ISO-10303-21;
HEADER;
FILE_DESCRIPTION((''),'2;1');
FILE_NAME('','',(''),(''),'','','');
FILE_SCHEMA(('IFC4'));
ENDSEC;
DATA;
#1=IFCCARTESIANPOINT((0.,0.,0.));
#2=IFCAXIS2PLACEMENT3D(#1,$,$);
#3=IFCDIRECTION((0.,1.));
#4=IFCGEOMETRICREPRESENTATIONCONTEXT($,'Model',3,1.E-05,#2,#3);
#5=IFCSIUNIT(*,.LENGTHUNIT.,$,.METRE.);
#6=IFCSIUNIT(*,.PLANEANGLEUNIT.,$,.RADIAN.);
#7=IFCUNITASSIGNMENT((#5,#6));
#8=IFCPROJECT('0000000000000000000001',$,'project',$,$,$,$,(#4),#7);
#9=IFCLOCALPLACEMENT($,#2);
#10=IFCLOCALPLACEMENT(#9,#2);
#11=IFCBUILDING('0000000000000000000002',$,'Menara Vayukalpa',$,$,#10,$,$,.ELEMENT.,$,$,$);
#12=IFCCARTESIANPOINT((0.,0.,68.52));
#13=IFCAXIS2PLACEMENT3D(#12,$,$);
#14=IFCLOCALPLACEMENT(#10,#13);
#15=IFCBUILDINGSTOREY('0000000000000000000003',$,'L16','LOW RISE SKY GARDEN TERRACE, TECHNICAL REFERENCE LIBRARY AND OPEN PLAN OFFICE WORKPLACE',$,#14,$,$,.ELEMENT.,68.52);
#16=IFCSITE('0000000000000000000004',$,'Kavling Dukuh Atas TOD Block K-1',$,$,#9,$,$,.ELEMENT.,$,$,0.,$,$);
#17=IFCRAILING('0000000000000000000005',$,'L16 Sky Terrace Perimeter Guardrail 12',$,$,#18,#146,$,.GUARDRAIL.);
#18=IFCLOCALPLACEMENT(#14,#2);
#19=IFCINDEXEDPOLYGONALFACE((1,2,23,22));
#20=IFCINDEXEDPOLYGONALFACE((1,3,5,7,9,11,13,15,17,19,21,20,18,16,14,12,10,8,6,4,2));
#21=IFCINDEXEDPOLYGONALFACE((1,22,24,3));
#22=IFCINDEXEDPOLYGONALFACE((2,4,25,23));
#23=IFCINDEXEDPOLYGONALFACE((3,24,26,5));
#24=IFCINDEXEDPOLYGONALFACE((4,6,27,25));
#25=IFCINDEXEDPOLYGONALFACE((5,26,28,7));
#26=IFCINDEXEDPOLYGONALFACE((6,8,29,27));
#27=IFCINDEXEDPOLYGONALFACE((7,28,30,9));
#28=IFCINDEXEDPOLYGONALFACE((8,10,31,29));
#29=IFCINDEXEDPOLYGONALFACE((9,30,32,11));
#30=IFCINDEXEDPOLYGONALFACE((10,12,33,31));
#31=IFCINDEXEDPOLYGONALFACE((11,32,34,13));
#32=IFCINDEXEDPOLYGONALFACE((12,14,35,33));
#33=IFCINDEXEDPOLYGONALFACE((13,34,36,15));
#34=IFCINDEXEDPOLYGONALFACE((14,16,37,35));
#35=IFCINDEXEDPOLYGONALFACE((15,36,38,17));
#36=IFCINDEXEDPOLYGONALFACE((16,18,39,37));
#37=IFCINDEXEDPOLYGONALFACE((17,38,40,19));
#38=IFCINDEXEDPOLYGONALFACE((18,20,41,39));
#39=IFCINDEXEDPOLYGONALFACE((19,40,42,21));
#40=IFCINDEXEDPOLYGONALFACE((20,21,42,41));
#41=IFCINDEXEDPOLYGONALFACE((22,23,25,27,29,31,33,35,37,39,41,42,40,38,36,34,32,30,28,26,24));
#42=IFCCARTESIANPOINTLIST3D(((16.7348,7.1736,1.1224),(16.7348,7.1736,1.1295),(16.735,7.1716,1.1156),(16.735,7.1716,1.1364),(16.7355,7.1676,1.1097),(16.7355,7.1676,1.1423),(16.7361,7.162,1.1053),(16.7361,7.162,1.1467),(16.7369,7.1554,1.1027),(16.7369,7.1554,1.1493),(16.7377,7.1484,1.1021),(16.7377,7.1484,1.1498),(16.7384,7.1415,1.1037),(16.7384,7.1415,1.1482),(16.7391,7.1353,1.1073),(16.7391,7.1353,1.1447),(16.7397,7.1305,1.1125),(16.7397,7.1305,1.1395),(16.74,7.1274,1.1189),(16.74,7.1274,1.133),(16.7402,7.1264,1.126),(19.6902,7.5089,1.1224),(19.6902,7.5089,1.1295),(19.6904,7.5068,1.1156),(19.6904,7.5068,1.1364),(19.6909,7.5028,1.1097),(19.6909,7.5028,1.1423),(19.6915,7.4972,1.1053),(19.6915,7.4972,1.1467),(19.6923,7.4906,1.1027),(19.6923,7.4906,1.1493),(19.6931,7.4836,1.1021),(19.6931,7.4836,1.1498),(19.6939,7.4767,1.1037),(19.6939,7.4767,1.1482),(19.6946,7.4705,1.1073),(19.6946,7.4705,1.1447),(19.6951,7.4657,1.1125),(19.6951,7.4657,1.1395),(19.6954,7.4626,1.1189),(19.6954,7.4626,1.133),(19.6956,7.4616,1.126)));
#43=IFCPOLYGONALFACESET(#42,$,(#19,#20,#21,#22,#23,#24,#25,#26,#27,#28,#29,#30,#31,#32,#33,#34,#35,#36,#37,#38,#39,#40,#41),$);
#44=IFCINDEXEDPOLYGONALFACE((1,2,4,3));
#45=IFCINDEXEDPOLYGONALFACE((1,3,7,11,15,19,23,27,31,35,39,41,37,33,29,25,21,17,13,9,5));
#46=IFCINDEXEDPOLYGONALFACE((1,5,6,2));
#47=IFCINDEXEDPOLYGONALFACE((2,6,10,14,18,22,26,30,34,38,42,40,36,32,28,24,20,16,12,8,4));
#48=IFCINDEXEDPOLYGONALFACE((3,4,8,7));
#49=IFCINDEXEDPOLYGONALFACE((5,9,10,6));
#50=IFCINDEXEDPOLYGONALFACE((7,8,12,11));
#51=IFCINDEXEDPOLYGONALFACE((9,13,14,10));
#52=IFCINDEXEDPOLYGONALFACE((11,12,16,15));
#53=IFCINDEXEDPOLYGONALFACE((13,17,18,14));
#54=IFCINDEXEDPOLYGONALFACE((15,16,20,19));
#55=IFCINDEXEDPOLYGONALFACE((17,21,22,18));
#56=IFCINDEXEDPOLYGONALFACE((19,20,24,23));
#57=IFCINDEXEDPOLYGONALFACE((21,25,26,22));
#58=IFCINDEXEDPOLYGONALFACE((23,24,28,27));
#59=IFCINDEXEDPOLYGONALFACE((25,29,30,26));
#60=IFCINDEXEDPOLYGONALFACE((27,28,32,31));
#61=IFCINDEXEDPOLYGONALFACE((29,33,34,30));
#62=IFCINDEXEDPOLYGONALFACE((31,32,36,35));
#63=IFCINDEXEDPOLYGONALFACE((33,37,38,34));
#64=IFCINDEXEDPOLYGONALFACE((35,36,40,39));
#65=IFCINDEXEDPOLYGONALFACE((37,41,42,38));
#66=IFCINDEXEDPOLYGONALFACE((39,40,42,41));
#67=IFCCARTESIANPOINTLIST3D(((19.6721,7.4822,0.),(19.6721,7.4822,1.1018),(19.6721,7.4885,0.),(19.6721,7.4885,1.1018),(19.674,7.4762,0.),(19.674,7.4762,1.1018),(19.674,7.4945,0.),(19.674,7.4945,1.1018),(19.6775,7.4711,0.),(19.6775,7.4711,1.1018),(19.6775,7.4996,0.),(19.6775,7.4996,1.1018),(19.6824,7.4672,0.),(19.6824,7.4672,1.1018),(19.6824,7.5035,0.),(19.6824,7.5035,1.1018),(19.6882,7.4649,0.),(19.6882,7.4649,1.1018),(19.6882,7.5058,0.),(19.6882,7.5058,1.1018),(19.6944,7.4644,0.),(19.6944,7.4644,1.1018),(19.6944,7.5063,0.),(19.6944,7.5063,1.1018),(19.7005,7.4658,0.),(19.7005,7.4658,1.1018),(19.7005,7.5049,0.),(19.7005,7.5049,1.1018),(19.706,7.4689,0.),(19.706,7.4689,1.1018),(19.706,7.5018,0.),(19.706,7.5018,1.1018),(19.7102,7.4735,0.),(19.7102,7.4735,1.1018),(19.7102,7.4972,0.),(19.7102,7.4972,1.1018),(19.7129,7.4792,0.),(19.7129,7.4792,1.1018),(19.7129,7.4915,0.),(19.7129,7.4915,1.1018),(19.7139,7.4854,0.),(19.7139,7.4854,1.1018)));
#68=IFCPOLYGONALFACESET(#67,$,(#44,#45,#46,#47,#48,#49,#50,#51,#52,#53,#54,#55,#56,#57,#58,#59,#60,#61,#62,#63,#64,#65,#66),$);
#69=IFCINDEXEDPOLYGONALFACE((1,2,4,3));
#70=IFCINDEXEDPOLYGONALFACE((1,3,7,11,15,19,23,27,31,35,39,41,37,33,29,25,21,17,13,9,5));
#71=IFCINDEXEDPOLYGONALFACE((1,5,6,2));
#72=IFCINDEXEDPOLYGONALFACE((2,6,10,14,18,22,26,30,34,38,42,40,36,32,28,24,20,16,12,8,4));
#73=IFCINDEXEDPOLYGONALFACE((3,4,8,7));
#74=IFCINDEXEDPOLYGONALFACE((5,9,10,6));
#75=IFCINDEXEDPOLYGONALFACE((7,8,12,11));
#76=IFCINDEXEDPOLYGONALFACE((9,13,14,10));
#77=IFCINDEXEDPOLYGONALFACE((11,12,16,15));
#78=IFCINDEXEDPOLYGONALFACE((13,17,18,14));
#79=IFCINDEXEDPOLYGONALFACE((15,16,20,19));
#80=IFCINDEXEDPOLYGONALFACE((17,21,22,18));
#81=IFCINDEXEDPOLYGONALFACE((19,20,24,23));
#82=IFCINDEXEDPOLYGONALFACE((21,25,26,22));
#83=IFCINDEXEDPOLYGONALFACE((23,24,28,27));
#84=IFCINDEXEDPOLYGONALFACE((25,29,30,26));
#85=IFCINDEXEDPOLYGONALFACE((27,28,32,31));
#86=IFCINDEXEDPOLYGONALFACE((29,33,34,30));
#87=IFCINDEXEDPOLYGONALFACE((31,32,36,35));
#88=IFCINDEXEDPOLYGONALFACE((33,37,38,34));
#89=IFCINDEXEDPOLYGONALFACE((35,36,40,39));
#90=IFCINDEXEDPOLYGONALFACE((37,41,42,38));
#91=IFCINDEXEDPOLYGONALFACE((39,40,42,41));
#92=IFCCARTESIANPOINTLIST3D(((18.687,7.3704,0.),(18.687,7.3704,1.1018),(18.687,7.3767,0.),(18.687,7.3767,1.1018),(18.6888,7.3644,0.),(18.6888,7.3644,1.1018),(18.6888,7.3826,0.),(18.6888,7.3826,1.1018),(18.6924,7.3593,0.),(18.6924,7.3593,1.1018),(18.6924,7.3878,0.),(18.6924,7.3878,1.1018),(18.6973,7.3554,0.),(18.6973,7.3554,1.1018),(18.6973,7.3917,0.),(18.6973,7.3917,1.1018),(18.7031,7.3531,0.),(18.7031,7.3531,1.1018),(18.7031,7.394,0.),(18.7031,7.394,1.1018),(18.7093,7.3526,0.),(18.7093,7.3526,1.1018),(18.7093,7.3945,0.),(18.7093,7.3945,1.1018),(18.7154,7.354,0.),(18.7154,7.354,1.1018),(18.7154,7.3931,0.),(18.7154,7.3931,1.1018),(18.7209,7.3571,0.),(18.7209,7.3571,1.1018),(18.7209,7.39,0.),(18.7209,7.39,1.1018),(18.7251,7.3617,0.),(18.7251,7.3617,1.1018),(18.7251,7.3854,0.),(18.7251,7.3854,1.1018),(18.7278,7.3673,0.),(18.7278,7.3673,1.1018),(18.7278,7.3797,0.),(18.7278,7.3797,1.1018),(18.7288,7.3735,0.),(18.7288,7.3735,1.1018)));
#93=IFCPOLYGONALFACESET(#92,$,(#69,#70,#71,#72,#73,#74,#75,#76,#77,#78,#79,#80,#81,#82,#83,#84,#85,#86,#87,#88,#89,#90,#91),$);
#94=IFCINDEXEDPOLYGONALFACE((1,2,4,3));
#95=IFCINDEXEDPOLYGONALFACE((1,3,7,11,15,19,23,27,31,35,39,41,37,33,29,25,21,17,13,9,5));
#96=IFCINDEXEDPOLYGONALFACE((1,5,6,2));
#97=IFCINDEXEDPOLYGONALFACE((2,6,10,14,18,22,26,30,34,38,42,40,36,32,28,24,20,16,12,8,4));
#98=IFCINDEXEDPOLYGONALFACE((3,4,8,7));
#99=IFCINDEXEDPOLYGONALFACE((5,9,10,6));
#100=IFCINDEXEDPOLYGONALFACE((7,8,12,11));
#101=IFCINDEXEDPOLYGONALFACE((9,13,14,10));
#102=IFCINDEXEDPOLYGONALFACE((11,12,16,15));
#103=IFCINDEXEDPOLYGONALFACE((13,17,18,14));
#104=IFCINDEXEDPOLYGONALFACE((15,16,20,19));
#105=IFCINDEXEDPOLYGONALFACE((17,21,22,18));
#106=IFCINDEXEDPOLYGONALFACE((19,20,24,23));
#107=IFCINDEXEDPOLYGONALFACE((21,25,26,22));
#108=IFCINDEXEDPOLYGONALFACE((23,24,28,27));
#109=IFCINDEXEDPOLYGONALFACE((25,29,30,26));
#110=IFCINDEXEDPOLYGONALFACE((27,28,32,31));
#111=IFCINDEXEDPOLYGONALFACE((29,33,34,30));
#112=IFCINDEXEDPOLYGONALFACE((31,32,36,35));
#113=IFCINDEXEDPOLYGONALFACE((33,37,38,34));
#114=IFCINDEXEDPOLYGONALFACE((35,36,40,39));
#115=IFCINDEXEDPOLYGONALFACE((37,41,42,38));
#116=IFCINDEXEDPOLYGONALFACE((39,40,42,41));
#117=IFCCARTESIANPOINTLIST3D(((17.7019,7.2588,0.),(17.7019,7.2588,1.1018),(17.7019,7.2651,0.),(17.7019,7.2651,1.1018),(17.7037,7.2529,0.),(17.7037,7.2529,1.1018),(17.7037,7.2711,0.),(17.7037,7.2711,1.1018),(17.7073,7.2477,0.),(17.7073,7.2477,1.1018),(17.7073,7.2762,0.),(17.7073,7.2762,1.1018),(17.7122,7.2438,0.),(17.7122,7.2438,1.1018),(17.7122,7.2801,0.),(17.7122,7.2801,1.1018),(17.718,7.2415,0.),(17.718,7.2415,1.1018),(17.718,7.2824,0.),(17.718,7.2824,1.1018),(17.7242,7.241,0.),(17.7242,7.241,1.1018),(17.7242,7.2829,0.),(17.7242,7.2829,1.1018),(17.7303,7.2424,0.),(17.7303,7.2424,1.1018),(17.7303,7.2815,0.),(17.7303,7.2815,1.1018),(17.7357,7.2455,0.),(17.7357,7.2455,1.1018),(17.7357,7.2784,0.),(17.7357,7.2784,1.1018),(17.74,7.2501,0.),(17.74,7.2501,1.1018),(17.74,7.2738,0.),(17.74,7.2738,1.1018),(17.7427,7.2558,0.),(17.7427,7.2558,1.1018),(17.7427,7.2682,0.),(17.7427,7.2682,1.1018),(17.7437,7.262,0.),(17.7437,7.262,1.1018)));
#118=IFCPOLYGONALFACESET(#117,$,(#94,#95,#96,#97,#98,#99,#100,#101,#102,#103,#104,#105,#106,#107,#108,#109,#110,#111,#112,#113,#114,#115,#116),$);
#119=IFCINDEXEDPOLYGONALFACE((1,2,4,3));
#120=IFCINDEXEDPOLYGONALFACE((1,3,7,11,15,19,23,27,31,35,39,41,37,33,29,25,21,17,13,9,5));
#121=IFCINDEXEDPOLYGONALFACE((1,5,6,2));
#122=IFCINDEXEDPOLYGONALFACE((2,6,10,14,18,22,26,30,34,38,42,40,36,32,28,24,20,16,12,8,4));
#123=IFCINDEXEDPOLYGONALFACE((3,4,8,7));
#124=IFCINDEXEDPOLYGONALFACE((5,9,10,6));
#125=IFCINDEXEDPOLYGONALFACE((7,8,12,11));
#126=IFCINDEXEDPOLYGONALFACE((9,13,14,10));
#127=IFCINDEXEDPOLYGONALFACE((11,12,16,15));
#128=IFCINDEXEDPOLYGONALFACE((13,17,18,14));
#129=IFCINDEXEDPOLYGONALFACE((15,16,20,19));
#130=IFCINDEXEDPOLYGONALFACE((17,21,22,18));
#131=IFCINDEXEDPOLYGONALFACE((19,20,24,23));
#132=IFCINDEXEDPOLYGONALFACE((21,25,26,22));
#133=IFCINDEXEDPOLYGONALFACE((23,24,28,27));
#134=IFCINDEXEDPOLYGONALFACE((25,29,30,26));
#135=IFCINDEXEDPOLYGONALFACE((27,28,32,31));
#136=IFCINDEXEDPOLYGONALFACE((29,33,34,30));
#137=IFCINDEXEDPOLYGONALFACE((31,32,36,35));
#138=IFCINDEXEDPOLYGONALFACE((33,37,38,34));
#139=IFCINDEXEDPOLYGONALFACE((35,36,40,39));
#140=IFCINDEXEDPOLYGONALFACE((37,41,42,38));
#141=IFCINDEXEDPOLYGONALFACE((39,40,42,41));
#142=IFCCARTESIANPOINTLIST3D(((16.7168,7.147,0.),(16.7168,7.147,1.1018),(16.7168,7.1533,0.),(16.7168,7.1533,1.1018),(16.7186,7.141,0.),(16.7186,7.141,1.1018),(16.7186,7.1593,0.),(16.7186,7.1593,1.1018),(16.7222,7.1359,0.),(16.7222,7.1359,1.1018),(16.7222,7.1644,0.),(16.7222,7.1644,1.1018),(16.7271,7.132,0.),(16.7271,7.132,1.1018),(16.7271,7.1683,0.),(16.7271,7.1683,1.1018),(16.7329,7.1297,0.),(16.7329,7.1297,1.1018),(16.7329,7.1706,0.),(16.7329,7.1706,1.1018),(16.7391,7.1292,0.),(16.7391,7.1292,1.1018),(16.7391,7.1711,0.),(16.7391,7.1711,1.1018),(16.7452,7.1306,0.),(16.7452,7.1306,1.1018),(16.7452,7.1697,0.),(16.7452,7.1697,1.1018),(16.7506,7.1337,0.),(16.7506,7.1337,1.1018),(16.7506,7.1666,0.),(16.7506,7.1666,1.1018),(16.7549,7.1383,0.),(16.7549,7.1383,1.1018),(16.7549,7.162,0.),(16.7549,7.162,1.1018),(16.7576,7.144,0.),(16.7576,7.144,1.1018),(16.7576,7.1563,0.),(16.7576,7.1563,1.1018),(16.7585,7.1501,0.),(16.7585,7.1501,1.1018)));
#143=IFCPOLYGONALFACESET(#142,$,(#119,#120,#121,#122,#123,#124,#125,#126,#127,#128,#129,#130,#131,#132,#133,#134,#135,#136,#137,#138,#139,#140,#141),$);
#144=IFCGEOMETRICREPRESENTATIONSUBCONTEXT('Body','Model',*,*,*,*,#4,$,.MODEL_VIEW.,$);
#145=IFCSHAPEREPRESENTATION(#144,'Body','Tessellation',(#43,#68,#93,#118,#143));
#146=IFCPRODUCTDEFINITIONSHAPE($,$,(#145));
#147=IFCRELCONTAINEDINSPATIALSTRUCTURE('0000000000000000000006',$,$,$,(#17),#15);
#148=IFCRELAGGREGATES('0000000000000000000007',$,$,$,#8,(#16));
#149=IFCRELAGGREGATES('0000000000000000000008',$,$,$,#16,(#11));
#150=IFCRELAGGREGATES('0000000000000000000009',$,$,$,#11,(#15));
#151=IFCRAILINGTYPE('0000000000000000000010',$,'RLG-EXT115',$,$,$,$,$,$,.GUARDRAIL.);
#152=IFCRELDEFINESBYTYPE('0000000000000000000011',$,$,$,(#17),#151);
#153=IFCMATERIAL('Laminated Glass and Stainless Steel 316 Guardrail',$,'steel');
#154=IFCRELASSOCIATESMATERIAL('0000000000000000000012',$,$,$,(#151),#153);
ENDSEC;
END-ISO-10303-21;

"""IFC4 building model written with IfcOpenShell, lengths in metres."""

from ifc_helpers import new_model, si_unit, direction, frame, origin, origin_2d, place, context, subcontext, project, spatial, circle, extrude, material, type_object, element, save


model = new_model("IFC4")

# Units and contexts
model_context = context("Model", 3, precision=1e-05, world=origin(), true_north=direction((0.0, 1.0)))
body_context = subcontext(model_context, "Body", "Model", "MODEL_VIEW")
ifc_project = project(units=[si_unit("LENGTHUNIT", "METRE"), si_unit("PLANEANGLEUNIT", "RADIAN")], contexts=[model_context])

# Site, building, storey
site_placement = place(None, origin())
site = spatial("IfcSite", under=ifc_project, at=site_placement, Name="Kavling Dukuh Atas TOD Block K-1", CompositionType="ELEMENT", RefElevation=0.0)
building_placement = place(site_placement, origin())
building = spatial("IfcBuilding", under=site, at=building_placement, Name="Menara Vayukalpa", CompositionType="ELEMENT")
storey_placement = place(building_placement, frame((0.0, 0.0, 68.52)))
storey = spatial("IfcBuildingStorey", under=building, at=storey_placement, Name="L16", Description="LOW RISE SKY GARDEN TERRACE, TECHNICAL REFERENCE LIBRARY AND OPEN PLAN OFFICE WORKPLACE", CompositionType="ELEMENT", Elevation=68.52)

# Railing
ifc_material_1 = material(Name="Laminated Glass and Stainless Steel 316 Guardrail", Category="steel")
railing_type = type_object("IfcRailingType", Name="RLG-EXT115", PredefinedType="GUARDRAIL", material=ifc_material_1)
railing_placement = place(storey_placement, frame((19.6929, 7.4854, 0.0)))
element("IfcRailing", 1, at=railing_placement, inside=storey, type_object=railing_type, Name="L16 Sky Terrace Perimeter Guardrail 12", PredefinedType="GUARDRAIL", context=body_context, shape_type="SweptSolid", body=[
    extrude(circle(Radius=0.0239, at=origin_2d()), frame((0.0, 0.0, 1.126), z_axis=(-0.993629, -0.112702, 0.0), x_axis=(0.112702, -0.993629, 0.0)), (0.0, 0.0, 1.0), 2.9744),
    extrude(circle(Radius=0.021, at=origin_2d()), origin(), (0.0, 0.0, 1.0), 1.1018),
    extrude(circle(Radius=0.021, at=origin_2d()), frame((-0.9851, -0.1118, 0.0)), (0.0, 0.0, 1.0), 1.1018),
    extrude(circle(Radius=0.021, at=origin_2d()), frame((-1.9702, -0.2234, 0.0)), (0.0, 0.0, 1.0), 1.1018),
    extrude(circle(Radius=0.021, at=origin_2d()), frame((-2.9553, -0.3352, 0.0)), (0.0, 0.0, 1.0), 1.1018),
])

save(model, "model.ifc")
